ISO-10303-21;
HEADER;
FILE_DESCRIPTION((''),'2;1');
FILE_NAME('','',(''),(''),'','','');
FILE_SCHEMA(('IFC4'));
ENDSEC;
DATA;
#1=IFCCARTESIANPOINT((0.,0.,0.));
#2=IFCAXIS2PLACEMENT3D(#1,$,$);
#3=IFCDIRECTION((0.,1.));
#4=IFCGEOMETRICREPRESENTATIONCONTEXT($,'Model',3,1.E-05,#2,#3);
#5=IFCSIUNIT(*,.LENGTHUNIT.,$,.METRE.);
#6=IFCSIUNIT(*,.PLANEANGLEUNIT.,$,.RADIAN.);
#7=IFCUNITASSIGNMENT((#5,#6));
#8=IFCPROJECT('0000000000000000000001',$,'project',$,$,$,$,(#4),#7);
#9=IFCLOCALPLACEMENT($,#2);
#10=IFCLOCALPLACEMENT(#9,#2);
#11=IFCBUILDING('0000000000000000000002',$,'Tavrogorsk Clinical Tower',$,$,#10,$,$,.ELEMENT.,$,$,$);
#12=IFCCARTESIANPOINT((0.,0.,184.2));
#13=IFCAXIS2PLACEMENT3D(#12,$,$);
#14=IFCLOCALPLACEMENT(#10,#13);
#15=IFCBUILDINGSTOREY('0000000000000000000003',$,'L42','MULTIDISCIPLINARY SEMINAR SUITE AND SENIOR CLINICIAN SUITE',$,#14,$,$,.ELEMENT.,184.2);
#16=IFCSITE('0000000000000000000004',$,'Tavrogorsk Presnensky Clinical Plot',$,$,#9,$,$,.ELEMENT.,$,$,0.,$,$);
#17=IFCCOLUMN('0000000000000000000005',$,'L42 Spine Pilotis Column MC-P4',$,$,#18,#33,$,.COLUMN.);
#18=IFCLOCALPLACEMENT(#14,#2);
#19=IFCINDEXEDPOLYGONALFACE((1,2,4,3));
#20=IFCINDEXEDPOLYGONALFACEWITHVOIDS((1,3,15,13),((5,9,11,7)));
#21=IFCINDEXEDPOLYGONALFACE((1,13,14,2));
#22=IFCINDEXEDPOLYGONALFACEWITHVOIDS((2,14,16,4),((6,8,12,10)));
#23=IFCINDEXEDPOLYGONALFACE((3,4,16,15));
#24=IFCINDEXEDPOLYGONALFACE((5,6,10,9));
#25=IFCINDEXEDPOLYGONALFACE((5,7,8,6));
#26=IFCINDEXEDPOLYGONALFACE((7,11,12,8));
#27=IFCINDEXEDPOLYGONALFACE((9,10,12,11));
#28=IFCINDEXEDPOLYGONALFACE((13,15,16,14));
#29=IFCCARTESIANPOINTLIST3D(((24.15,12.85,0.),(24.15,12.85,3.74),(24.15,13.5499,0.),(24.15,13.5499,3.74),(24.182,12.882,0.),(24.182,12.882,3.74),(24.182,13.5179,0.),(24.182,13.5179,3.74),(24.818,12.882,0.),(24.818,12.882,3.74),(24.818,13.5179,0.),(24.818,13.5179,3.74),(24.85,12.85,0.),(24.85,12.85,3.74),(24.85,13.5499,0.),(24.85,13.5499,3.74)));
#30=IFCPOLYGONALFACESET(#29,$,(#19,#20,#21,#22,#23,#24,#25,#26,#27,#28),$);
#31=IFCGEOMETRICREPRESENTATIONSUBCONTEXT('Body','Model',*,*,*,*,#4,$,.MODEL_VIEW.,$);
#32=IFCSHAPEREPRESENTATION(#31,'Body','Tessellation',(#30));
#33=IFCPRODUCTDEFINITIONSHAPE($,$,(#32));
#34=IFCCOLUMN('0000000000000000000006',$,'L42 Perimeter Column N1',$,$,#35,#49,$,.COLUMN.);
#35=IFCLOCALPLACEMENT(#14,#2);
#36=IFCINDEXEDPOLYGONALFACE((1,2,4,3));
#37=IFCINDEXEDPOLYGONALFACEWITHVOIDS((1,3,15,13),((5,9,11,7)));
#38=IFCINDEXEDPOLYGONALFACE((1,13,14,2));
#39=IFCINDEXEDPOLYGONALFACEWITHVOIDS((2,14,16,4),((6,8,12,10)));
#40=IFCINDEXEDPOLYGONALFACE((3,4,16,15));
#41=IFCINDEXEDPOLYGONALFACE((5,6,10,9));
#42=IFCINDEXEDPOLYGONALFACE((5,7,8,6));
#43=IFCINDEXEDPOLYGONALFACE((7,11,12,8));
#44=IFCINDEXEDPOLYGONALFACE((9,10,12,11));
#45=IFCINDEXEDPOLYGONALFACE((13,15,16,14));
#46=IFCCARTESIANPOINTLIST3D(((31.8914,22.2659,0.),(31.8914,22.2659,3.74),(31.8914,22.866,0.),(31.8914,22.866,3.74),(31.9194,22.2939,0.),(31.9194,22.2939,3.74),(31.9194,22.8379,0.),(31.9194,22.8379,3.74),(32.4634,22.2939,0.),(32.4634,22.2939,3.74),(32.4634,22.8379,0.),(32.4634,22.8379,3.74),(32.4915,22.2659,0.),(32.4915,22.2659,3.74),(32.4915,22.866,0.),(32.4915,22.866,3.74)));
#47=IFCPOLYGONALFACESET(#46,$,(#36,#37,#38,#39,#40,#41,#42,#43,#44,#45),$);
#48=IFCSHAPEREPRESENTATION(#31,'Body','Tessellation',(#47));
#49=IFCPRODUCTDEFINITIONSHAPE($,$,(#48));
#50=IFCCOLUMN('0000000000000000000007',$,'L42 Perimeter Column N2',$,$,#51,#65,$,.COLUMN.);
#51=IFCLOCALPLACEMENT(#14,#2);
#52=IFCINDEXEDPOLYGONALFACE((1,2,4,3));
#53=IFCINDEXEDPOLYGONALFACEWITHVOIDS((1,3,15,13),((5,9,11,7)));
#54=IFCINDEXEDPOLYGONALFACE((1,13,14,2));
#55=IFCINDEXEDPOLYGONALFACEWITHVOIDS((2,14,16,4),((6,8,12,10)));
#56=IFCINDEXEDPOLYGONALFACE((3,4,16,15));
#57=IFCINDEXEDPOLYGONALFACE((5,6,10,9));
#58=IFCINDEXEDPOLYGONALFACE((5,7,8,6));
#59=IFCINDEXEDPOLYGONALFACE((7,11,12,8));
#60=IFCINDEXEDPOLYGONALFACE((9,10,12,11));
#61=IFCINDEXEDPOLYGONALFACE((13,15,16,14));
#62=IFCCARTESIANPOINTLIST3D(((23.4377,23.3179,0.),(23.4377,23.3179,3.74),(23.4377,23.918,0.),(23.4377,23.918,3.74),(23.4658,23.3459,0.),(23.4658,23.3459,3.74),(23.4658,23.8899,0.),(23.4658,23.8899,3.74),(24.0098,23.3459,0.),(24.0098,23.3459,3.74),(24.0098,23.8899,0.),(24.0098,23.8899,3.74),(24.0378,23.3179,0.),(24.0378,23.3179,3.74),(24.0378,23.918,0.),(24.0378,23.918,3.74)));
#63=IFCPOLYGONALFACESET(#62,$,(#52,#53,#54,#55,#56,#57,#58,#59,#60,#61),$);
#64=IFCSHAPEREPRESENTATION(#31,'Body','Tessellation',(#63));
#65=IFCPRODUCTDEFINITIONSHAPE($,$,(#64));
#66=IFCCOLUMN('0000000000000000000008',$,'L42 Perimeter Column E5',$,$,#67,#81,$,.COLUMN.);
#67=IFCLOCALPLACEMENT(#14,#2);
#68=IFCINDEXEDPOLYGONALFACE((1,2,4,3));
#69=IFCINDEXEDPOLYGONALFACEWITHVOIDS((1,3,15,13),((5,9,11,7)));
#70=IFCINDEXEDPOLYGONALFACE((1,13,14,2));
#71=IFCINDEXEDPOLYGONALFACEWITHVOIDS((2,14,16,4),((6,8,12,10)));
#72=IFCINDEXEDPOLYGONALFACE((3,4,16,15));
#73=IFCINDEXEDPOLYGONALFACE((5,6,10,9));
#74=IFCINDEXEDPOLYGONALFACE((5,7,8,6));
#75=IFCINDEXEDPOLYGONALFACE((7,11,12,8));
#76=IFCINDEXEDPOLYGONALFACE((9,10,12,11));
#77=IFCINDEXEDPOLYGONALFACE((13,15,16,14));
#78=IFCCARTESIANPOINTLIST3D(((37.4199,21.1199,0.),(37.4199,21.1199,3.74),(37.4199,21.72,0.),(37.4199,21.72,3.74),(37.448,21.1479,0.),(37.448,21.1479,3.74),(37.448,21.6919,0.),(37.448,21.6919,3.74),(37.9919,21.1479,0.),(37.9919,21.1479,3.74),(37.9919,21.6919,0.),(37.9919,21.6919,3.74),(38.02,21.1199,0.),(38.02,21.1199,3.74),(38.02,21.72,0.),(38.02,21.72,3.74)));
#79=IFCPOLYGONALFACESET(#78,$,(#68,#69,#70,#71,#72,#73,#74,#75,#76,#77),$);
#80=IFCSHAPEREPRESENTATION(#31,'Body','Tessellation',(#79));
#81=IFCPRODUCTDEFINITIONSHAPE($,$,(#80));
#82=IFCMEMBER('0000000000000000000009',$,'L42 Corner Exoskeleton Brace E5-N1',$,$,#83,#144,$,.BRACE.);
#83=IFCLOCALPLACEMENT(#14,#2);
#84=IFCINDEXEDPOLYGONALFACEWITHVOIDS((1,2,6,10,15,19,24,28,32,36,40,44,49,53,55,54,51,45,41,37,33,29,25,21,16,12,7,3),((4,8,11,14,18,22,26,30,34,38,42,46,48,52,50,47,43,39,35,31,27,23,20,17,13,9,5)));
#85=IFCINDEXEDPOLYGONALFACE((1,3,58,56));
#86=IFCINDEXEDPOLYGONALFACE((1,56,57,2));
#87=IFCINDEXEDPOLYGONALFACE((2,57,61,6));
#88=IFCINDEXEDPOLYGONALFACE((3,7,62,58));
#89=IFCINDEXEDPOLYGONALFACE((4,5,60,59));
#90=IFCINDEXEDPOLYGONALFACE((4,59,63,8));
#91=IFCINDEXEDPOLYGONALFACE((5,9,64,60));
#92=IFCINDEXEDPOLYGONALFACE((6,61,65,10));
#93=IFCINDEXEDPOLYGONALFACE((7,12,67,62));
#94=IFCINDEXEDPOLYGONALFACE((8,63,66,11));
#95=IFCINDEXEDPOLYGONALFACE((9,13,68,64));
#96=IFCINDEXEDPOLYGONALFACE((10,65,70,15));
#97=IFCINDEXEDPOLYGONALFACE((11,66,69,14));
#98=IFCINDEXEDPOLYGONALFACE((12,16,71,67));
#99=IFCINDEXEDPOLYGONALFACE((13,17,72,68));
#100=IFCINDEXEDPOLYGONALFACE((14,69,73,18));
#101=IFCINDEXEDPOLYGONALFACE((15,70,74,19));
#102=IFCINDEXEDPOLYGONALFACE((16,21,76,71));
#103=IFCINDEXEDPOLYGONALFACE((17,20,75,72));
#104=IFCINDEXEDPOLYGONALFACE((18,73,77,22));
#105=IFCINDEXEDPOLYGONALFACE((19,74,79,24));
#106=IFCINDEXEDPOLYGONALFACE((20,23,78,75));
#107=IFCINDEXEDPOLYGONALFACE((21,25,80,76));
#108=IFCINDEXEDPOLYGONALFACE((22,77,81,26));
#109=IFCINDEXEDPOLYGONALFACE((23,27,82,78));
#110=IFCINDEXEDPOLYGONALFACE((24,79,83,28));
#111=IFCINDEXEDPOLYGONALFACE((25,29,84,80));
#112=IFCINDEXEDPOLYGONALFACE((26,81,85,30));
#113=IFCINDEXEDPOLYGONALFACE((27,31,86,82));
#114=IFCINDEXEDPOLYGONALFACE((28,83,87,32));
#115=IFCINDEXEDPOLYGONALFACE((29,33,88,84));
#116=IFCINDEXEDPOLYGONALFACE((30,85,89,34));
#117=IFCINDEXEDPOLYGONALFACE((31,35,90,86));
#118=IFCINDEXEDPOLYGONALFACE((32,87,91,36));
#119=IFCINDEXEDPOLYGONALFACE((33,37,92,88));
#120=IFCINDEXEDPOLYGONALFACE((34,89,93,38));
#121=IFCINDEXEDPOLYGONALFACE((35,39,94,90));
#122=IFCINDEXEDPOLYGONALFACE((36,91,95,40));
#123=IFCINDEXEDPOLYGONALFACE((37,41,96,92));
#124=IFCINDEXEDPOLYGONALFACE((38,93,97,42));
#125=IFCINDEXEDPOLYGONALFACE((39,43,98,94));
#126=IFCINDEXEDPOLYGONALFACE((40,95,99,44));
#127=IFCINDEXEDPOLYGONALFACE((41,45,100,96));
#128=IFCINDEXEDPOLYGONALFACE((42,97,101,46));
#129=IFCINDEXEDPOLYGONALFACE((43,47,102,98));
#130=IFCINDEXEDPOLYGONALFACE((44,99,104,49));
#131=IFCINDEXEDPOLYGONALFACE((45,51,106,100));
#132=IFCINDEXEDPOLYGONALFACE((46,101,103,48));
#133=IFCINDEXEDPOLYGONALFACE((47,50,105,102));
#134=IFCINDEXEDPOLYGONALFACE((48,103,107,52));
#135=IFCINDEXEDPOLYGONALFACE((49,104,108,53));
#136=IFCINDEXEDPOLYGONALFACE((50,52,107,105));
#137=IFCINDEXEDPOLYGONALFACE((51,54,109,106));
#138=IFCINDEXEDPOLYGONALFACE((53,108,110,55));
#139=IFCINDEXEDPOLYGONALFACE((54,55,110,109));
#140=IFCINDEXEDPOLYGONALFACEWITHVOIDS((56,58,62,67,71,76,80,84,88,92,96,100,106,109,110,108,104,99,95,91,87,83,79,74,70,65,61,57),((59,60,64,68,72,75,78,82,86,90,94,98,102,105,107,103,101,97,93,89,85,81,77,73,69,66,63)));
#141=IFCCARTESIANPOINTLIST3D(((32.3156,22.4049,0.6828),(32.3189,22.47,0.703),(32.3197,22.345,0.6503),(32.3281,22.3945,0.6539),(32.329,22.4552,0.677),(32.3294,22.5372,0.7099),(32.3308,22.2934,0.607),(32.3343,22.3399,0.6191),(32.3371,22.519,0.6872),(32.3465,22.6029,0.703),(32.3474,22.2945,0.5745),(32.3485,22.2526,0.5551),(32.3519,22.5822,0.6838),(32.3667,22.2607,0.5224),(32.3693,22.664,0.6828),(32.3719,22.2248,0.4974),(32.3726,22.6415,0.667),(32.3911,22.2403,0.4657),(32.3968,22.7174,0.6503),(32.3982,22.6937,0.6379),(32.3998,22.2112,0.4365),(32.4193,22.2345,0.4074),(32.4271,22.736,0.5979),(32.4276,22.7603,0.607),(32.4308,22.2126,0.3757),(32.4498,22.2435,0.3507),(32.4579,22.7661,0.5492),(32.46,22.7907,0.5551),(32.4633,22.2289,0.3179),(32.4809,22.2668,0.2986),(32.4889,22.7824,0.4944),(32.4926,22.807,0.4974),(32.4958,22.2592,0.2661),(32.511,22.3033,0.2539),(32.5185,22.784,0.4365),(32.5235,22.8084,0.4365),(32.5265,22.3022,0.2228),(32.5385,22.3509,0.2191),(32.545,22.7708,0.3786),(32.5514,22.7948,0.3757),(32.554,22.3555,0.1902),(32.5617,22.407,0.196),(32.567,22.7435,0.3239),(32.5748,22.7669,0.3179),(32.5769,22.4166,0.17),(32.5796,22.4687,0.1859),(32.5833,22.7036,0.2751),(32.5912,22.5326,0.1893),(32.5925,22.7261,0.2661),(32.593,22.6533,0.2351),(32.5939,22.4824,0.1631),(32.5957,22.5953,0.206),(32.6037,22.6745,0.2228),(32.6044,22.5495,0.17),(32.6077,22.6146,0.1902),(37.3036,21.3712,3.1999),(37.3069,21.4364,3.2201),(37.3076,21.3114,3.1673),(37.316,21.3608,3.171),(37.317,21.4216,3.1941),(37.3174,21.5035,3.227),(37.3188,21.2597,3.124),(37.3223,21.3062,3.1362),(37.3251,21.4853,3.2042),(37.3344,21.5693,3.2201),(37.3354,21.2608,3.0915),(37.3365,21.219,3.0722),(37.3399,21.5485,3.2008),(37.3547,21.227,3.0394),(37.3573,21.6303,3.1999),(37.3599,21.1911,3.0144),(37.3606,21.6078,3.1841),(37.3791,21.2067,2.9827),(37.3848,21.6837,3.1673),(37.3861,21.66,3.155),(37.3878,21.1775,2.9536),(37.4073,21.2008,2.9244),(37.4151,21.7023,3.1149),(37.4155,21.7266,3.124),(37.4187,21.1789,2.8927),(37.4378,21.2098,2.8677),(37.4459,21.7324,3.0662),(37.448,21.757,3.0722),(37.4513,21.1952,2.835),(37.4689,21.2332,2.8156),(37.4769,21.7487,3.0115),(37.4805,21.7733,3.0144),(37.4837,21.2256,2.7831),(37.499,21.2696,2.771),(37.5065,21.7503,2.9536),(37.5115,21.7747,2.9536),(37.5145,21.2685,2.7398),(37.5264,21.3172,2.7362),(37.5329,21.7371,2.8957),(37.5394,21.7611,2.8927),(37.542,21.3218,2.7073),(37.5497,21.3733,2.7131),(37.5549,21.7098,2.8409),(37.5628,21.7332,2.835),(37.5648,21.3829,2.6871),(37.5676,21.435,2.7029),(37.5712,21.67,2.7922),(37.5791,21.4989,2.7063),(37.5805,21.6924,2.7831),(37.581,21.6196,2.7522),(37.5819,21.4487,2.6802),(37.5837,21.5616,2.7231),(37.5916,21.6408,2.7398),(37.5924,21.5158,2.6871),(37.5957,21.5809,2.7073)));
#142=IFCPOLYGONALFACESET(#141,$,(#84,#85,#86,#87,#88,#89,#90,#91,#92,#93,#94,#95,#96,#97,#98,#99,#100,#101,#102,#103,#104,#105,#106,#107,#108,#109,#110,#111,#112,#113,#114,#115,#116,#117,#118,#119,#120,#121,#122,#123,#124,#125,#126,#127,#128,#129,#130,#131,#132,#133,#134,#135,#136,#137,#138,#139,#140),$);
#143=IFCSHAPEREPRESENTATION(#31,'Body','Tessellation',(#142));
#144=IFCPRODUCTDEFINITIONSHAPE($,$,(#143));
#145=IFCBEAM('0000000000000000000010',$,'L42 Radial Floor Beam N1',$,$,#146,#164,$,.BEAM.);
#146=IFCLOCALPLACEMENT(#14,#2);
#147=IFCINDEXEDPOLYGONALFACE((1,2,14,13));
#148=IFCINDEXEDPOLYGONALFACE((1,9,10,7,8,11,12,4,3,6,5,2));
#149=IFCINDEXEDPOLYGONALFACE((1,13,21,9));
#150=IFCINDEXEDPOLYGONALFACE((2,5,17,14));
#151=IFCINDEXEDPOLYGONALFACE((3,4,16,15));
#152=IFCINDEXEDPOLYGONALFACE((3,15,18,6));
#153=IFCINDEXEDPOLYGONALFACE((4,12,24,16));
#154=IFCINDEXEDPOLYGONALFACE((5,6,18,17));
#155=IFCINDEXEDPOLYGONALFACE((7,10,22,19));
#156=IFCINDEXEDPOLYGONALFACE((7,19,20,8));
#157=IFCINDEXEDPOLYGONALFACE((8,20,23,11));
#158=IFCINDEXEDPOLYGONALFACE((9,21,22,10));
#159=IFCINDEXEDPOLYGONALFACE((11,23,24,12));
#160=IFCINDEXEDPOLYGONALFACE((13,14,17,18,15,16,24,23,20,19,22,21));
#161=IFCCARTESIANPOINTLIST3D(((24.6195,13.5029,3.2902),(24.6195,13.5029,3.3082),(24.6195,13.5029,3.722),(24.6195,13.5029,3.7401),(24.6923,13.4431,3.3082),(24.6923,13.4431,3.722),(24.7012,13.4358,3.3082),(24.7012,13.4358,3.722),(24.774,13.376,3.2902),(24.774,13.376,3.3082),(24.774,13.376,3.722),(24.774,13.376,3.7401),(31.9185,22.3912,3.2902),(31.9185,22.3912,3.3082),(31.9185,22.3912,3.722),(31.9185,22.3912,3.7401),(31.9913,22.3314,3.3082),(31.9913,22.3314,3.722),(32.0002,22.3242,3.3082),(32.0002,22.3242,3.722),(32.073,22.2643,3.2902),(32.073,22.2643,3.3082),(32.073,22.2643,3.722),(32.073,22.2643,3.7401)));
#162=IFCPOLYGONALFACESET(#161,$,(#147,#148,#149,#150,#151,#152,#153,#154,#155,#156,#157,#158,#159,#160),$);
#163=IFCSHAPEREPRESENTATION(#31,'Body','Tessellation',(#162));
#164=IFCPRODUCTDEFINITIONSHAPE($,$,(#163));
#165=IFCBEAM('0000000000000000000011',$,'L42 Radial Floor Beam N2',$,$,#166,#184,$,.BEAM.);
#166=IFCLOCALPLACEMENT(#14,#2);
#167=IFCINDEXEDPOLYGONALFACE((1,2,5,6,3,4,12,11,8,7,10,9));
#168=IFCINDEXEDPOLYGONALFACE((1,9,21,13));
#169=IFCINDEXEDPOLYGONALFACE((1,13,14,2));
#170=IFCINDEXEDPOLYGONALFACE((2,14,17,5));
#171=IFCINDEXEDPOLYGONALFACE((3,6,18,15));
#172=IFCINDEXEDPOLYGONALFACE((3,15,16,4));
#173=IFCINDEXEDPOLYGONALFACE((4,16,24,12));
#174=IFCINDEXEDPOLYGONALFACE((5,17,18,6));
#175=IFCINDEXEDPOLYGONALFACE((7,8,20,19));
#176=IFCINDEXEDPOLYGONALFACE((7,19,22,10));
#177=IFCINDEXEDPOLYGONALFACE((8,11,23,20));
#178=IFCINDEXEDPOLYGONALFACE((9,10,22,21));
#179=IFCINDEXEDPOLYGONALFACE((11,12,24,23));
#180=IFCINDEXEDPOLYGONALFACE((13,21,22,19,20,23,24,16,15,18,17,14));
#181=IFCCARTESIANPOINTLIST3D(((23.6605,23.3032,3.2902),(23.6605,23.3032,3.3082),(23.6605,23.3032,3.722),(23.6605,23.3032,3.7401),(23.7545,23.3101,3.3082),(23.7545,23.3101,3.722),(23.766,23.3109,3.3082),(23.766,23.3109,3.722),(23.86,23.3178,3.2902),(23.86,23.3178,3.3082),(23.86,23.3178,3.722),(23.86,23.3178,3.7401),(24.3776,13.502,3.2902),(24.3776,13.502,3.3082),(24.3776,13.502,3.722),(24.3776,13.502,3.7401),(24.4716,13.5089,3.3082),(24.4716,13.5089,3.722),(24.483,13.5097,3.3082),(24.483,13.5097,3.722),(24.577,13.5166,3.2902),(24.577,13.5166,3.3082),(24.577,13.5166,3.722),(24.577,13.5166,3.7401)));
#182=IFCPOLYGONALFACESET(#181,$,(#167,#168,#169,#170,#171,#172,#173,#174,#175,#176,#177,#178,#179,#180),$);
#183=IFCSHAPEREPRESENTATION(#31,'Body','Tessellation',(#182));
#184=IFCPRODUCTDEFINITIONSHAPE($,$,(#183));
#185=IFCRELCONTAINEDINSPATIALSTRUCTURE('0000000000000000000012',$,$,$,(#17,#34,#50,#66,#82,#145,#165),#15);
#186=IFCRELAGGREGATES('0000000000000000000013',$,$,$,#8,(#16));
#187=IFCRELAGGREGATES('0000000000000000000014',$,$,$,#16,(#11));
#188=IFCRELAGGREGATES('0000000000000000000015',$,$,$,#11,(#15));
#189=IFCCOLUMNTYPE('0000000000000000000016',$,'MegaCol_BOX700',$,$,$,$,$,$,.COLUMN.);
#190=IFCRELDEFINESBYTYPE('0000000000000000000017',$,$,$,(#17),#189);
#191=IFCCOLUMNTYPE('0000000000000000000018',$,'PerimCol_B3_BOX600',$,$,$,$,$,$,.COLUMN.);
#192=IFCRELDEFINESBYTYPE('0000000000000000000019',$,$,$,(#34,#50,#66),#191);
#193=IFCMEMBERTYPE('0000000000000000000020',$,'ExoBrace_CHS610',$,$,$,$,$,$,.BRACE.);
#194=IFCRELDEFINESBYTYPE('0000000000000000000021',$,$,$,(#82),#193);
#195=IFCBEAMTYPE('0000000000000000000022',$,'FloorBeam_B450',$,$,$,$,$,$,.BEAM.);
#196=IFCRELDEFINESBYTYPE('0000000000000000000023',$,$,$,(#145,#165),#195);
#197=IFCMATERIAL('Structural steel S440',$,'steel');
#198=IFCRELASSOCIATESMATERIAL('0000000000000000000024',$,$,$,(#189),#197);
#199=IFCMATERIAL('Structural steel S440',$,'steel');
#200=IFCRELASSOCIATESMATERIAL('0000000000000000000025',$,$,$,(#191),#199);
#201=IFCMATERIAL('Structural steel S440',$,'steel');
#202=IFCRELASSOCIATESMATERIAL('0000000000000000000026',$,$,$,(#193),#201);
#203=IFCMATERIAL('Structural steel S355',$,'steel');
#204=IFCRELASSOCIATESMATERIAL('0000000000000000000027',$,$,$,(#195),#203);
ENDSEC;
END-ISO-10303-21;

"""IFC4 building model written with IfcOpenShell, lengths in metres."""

from ifc_helpers import new_model, si_unit, direction, frame, origin, origin_2d, place, context, subcontext, project, spatial, hollow_rectangle, hollow_circle, i_section, extrude, material, material_profile, profile_set, type_object, element, save


model = new_model("IFC4")

# Units and contexts
model_context = context("Model", 3, precision=1e-05, world=origin(), true_north=direction((0.0, 1.0)))
body_context = subcontext(model_context, "Body", "Model", "MODEL_VIEW")
ifc_project = project(units=[si_unit("LENGTHUNIT", "METRE"), si_unit("PLANEANGLEUNIT", "RADIAN")], contexts=[model_context])

# Site, building, storey
site_placement = place(None, origin())
site = spatial("IfcSite", under=ifc_project, at=site_placement, Name="Tavrogorsk Presnensky Clinical Plot", CompositionType="ELEMENT", RefElevation=0.0)
building_placement = place(site_placement, origin())
building = spatial("IfcBuilding", under=site, at=building_placement, Name="Tavrogorsk Clinical Tower", CompositionType="ELEMENT")
storey_placement = place(building_placement, frame((0.0, 0.0, 184.2)))
storey = spatial("IfcBuildingStorey", under=building, at=storey_placement, Name="L42", Description="MULTIDISCIPLINARY SEMINAR SUITE AND SENIOR CLINICIAN SUITE", CompositionType="ELEMENT", Elevation=184.2)

# Columns
ifc_material_1 = material(Name="Structural steel S440", Category="steel")
ifc_material_profile_1 = material_profile(ifc_material_1, hollow_rectangle(XDim=0.7, YDim=0.7, WallThickness=0.032, at=origin_2d()), Name="BOX-700x700x32")
ifc_profile_set_1 = profile_set([ifc_material_profile_1], Name="Structural steel S440")
column_type_1 = type_object("IfcColumnType", Name="MegaCol_BOX700", PredefinedType="COLUMN", material=ifc_profile_set_1)
column_placement = place(storey_placement, frame((24.5, 13.2, 0.0), z_axis=(0.0, 0.0, 1.0), x_axis=(1.0, 0.0, 0.0)))
element("IfcColumn", 1, at=column_placement, inside=storey, type_object=column_type_1, Name="L42 Spine Pilotis Column MC-P4", PredefinedType="COLUMN", context=body_context, shape_type="SweptSolid", body=[
    extrude(hollow_rectangle(XDim=0.7, YDim=0.7, WallThickness=0.032, at=origin_2d()), origin(), (0.0, 0.0, 1.0), 3.74),
])
ifc_material_2 = material(Name="Structural steel S440", Category="steel")
ifc_material_profile_2 = material_profile(ifc_material_2, hollow_rectangle(XDim=0.6001, YDim=0.6001, WallThickness=0.0281, at=origin_2d()), Name="BOX-600x600x28")
ifc_profile_set_2 = profile_set([ifc_material_profile_2], Name="Structural steel S440")
column_type_2 = type_object("IfcColumnType", Name="PerimCol_B3_BOX600", PredefinedType="COLUMN", material=ifc_profile_set_2)
for number, where, z_axis, x_axis, name in (
    (2, (32.1914, 22.5659, 0.0), (0.0, 0.0, 1.0), (1.0, 0.0, 0.0), "L42 Perimeter Column N1"),
    (3, (23.7378, 23.6179, 0.0), (0.0, 0.0, 1.0), (1.0, 0.0, 0.0), "L42 Perimeter Column N2"),
    (4, (37.72, 21.4199, 0.0), (0.0, 0.0, 1.0), (1.0, 0.0, 0.0), "L42 Perimeter Column E5"),
):
    element("IfcColumn", number, at=place(storey_placement, frame(where, z_axis=z_axis, x_axis=x_axis)), inside=storey, type_object=column_type_2, Name=name, PredefinedType="COLUMN", context=body_context, shape_type="SweptSolid", body=[
        extrude(hollow_rectangle(XDim=0.6001, YDim=0.6001, WallThickness=0.0281, at=origin_2d()), origin(), (0.0, 0.0, 1.0), 3.74),
    ])

# Member
ifc_material_3 = material(Name="Structural steel S440", Category="steel")
ifc_material_profile_3 = material_profile(ifc_material_3, hollow_circle(Radius=0.3049, WallThickness=0.0249, at=origin_2d()), Name="CHS-610x25")
ifc_profile_set_3 = profile_set([ifc_material_profile_3], Name="Structural steel S440")
member_type_1 = type_object("IfcMemberType", Name="ExoBrace_CHS610", PredefinedType="BRACE", material=ifc_profile_set_3)
member_1_placement = place(storey_placement, frame((32.4617, 22.5098, 0.4365), z_axis=(0.877871, -0.181925, 0.442996), x_axis=(0.202923, 0.979195, 0.0)))
element("IfcMember", 5, at=member_1_placement, inside=storey, type_object=member_type_1, Name="L42 Corner Exoskeleton Brace E5-N1", PredefinedType="BRACE", context=body_context, shape_type="SweptSolid", body=[
    extrude(hollow_circle(Radius=0.3049, WallThickness=0.0249, at=origin_2d()), origin(), (0.0, 0.0, 1.0), 5.6819),
])

# Beams
ifc_material_4 = material(Name="Structural steel S355", Category="steel")
ifc_material_profile_4 = material_profile(ifc_material_4, i_section(OverallWidth=0.2, OverallDepth=0.45, WebThickness=0.0115, FlangeThickness=0.0181, at=origin_2d()), Name="B-450x200x11.5x18")
ifc_profile_set_4 = profile_set([ifc_material_profile_4], Name="Structural steel S355")
beam_type_1 = type_object("IfcBeamType", Name="FloorBeam_B450", PredefinedType="BEAM", material=ifc_profile_set_4)
beam_1_placement = place(storey_placement, frame((24.6968, 13.4395, 3.5151), z_axis=(0.634629, 0.772817, 0.0), x_axis=(-0.772817, 0.634629, 0.0)))
element("IfcBeam", 6, at=beam_1_placement, inside=storey, type_object=beam_type_1, Name="L42 Radial Floor Beam N1", PredefinedType="BEAM", context=body_context, shape_type="SweptSolid", body=[
    extrude(i_section(OverallWidth=0.2, OverallDepth=0.45, WebThickness=0.0115, FlangeThickness=0.0181, at=origin_2d()), origin(), (0.0, 0.0, 1.0), 11.5012),
])
beam_2_placement = place(storey_placement, frame((24.4773, 13.5093, 3.5151), z_axis=(-0.072963, 0.997335, 0.0), x_axis=(-0.997335, -0.072963, 0.0)))
element("IfcBeam", 7, at=beam_2_placement, inside=storey, type_object=beam_type_1, Name="L42 Radial Floor Beam N2", PredefinedType="BEAM", context=body_context, shape_type="SweptSolid", body=[
    extrude(i_section(OverallWidth=0.2, OverallDepth=0.45, WebThickness=0.0115, FlangeThickness=0.0181, at=origin_2d()), origin(), (0.0, 0.0, 1.0), 9.8274),
])

save(model, "model.ifc")
